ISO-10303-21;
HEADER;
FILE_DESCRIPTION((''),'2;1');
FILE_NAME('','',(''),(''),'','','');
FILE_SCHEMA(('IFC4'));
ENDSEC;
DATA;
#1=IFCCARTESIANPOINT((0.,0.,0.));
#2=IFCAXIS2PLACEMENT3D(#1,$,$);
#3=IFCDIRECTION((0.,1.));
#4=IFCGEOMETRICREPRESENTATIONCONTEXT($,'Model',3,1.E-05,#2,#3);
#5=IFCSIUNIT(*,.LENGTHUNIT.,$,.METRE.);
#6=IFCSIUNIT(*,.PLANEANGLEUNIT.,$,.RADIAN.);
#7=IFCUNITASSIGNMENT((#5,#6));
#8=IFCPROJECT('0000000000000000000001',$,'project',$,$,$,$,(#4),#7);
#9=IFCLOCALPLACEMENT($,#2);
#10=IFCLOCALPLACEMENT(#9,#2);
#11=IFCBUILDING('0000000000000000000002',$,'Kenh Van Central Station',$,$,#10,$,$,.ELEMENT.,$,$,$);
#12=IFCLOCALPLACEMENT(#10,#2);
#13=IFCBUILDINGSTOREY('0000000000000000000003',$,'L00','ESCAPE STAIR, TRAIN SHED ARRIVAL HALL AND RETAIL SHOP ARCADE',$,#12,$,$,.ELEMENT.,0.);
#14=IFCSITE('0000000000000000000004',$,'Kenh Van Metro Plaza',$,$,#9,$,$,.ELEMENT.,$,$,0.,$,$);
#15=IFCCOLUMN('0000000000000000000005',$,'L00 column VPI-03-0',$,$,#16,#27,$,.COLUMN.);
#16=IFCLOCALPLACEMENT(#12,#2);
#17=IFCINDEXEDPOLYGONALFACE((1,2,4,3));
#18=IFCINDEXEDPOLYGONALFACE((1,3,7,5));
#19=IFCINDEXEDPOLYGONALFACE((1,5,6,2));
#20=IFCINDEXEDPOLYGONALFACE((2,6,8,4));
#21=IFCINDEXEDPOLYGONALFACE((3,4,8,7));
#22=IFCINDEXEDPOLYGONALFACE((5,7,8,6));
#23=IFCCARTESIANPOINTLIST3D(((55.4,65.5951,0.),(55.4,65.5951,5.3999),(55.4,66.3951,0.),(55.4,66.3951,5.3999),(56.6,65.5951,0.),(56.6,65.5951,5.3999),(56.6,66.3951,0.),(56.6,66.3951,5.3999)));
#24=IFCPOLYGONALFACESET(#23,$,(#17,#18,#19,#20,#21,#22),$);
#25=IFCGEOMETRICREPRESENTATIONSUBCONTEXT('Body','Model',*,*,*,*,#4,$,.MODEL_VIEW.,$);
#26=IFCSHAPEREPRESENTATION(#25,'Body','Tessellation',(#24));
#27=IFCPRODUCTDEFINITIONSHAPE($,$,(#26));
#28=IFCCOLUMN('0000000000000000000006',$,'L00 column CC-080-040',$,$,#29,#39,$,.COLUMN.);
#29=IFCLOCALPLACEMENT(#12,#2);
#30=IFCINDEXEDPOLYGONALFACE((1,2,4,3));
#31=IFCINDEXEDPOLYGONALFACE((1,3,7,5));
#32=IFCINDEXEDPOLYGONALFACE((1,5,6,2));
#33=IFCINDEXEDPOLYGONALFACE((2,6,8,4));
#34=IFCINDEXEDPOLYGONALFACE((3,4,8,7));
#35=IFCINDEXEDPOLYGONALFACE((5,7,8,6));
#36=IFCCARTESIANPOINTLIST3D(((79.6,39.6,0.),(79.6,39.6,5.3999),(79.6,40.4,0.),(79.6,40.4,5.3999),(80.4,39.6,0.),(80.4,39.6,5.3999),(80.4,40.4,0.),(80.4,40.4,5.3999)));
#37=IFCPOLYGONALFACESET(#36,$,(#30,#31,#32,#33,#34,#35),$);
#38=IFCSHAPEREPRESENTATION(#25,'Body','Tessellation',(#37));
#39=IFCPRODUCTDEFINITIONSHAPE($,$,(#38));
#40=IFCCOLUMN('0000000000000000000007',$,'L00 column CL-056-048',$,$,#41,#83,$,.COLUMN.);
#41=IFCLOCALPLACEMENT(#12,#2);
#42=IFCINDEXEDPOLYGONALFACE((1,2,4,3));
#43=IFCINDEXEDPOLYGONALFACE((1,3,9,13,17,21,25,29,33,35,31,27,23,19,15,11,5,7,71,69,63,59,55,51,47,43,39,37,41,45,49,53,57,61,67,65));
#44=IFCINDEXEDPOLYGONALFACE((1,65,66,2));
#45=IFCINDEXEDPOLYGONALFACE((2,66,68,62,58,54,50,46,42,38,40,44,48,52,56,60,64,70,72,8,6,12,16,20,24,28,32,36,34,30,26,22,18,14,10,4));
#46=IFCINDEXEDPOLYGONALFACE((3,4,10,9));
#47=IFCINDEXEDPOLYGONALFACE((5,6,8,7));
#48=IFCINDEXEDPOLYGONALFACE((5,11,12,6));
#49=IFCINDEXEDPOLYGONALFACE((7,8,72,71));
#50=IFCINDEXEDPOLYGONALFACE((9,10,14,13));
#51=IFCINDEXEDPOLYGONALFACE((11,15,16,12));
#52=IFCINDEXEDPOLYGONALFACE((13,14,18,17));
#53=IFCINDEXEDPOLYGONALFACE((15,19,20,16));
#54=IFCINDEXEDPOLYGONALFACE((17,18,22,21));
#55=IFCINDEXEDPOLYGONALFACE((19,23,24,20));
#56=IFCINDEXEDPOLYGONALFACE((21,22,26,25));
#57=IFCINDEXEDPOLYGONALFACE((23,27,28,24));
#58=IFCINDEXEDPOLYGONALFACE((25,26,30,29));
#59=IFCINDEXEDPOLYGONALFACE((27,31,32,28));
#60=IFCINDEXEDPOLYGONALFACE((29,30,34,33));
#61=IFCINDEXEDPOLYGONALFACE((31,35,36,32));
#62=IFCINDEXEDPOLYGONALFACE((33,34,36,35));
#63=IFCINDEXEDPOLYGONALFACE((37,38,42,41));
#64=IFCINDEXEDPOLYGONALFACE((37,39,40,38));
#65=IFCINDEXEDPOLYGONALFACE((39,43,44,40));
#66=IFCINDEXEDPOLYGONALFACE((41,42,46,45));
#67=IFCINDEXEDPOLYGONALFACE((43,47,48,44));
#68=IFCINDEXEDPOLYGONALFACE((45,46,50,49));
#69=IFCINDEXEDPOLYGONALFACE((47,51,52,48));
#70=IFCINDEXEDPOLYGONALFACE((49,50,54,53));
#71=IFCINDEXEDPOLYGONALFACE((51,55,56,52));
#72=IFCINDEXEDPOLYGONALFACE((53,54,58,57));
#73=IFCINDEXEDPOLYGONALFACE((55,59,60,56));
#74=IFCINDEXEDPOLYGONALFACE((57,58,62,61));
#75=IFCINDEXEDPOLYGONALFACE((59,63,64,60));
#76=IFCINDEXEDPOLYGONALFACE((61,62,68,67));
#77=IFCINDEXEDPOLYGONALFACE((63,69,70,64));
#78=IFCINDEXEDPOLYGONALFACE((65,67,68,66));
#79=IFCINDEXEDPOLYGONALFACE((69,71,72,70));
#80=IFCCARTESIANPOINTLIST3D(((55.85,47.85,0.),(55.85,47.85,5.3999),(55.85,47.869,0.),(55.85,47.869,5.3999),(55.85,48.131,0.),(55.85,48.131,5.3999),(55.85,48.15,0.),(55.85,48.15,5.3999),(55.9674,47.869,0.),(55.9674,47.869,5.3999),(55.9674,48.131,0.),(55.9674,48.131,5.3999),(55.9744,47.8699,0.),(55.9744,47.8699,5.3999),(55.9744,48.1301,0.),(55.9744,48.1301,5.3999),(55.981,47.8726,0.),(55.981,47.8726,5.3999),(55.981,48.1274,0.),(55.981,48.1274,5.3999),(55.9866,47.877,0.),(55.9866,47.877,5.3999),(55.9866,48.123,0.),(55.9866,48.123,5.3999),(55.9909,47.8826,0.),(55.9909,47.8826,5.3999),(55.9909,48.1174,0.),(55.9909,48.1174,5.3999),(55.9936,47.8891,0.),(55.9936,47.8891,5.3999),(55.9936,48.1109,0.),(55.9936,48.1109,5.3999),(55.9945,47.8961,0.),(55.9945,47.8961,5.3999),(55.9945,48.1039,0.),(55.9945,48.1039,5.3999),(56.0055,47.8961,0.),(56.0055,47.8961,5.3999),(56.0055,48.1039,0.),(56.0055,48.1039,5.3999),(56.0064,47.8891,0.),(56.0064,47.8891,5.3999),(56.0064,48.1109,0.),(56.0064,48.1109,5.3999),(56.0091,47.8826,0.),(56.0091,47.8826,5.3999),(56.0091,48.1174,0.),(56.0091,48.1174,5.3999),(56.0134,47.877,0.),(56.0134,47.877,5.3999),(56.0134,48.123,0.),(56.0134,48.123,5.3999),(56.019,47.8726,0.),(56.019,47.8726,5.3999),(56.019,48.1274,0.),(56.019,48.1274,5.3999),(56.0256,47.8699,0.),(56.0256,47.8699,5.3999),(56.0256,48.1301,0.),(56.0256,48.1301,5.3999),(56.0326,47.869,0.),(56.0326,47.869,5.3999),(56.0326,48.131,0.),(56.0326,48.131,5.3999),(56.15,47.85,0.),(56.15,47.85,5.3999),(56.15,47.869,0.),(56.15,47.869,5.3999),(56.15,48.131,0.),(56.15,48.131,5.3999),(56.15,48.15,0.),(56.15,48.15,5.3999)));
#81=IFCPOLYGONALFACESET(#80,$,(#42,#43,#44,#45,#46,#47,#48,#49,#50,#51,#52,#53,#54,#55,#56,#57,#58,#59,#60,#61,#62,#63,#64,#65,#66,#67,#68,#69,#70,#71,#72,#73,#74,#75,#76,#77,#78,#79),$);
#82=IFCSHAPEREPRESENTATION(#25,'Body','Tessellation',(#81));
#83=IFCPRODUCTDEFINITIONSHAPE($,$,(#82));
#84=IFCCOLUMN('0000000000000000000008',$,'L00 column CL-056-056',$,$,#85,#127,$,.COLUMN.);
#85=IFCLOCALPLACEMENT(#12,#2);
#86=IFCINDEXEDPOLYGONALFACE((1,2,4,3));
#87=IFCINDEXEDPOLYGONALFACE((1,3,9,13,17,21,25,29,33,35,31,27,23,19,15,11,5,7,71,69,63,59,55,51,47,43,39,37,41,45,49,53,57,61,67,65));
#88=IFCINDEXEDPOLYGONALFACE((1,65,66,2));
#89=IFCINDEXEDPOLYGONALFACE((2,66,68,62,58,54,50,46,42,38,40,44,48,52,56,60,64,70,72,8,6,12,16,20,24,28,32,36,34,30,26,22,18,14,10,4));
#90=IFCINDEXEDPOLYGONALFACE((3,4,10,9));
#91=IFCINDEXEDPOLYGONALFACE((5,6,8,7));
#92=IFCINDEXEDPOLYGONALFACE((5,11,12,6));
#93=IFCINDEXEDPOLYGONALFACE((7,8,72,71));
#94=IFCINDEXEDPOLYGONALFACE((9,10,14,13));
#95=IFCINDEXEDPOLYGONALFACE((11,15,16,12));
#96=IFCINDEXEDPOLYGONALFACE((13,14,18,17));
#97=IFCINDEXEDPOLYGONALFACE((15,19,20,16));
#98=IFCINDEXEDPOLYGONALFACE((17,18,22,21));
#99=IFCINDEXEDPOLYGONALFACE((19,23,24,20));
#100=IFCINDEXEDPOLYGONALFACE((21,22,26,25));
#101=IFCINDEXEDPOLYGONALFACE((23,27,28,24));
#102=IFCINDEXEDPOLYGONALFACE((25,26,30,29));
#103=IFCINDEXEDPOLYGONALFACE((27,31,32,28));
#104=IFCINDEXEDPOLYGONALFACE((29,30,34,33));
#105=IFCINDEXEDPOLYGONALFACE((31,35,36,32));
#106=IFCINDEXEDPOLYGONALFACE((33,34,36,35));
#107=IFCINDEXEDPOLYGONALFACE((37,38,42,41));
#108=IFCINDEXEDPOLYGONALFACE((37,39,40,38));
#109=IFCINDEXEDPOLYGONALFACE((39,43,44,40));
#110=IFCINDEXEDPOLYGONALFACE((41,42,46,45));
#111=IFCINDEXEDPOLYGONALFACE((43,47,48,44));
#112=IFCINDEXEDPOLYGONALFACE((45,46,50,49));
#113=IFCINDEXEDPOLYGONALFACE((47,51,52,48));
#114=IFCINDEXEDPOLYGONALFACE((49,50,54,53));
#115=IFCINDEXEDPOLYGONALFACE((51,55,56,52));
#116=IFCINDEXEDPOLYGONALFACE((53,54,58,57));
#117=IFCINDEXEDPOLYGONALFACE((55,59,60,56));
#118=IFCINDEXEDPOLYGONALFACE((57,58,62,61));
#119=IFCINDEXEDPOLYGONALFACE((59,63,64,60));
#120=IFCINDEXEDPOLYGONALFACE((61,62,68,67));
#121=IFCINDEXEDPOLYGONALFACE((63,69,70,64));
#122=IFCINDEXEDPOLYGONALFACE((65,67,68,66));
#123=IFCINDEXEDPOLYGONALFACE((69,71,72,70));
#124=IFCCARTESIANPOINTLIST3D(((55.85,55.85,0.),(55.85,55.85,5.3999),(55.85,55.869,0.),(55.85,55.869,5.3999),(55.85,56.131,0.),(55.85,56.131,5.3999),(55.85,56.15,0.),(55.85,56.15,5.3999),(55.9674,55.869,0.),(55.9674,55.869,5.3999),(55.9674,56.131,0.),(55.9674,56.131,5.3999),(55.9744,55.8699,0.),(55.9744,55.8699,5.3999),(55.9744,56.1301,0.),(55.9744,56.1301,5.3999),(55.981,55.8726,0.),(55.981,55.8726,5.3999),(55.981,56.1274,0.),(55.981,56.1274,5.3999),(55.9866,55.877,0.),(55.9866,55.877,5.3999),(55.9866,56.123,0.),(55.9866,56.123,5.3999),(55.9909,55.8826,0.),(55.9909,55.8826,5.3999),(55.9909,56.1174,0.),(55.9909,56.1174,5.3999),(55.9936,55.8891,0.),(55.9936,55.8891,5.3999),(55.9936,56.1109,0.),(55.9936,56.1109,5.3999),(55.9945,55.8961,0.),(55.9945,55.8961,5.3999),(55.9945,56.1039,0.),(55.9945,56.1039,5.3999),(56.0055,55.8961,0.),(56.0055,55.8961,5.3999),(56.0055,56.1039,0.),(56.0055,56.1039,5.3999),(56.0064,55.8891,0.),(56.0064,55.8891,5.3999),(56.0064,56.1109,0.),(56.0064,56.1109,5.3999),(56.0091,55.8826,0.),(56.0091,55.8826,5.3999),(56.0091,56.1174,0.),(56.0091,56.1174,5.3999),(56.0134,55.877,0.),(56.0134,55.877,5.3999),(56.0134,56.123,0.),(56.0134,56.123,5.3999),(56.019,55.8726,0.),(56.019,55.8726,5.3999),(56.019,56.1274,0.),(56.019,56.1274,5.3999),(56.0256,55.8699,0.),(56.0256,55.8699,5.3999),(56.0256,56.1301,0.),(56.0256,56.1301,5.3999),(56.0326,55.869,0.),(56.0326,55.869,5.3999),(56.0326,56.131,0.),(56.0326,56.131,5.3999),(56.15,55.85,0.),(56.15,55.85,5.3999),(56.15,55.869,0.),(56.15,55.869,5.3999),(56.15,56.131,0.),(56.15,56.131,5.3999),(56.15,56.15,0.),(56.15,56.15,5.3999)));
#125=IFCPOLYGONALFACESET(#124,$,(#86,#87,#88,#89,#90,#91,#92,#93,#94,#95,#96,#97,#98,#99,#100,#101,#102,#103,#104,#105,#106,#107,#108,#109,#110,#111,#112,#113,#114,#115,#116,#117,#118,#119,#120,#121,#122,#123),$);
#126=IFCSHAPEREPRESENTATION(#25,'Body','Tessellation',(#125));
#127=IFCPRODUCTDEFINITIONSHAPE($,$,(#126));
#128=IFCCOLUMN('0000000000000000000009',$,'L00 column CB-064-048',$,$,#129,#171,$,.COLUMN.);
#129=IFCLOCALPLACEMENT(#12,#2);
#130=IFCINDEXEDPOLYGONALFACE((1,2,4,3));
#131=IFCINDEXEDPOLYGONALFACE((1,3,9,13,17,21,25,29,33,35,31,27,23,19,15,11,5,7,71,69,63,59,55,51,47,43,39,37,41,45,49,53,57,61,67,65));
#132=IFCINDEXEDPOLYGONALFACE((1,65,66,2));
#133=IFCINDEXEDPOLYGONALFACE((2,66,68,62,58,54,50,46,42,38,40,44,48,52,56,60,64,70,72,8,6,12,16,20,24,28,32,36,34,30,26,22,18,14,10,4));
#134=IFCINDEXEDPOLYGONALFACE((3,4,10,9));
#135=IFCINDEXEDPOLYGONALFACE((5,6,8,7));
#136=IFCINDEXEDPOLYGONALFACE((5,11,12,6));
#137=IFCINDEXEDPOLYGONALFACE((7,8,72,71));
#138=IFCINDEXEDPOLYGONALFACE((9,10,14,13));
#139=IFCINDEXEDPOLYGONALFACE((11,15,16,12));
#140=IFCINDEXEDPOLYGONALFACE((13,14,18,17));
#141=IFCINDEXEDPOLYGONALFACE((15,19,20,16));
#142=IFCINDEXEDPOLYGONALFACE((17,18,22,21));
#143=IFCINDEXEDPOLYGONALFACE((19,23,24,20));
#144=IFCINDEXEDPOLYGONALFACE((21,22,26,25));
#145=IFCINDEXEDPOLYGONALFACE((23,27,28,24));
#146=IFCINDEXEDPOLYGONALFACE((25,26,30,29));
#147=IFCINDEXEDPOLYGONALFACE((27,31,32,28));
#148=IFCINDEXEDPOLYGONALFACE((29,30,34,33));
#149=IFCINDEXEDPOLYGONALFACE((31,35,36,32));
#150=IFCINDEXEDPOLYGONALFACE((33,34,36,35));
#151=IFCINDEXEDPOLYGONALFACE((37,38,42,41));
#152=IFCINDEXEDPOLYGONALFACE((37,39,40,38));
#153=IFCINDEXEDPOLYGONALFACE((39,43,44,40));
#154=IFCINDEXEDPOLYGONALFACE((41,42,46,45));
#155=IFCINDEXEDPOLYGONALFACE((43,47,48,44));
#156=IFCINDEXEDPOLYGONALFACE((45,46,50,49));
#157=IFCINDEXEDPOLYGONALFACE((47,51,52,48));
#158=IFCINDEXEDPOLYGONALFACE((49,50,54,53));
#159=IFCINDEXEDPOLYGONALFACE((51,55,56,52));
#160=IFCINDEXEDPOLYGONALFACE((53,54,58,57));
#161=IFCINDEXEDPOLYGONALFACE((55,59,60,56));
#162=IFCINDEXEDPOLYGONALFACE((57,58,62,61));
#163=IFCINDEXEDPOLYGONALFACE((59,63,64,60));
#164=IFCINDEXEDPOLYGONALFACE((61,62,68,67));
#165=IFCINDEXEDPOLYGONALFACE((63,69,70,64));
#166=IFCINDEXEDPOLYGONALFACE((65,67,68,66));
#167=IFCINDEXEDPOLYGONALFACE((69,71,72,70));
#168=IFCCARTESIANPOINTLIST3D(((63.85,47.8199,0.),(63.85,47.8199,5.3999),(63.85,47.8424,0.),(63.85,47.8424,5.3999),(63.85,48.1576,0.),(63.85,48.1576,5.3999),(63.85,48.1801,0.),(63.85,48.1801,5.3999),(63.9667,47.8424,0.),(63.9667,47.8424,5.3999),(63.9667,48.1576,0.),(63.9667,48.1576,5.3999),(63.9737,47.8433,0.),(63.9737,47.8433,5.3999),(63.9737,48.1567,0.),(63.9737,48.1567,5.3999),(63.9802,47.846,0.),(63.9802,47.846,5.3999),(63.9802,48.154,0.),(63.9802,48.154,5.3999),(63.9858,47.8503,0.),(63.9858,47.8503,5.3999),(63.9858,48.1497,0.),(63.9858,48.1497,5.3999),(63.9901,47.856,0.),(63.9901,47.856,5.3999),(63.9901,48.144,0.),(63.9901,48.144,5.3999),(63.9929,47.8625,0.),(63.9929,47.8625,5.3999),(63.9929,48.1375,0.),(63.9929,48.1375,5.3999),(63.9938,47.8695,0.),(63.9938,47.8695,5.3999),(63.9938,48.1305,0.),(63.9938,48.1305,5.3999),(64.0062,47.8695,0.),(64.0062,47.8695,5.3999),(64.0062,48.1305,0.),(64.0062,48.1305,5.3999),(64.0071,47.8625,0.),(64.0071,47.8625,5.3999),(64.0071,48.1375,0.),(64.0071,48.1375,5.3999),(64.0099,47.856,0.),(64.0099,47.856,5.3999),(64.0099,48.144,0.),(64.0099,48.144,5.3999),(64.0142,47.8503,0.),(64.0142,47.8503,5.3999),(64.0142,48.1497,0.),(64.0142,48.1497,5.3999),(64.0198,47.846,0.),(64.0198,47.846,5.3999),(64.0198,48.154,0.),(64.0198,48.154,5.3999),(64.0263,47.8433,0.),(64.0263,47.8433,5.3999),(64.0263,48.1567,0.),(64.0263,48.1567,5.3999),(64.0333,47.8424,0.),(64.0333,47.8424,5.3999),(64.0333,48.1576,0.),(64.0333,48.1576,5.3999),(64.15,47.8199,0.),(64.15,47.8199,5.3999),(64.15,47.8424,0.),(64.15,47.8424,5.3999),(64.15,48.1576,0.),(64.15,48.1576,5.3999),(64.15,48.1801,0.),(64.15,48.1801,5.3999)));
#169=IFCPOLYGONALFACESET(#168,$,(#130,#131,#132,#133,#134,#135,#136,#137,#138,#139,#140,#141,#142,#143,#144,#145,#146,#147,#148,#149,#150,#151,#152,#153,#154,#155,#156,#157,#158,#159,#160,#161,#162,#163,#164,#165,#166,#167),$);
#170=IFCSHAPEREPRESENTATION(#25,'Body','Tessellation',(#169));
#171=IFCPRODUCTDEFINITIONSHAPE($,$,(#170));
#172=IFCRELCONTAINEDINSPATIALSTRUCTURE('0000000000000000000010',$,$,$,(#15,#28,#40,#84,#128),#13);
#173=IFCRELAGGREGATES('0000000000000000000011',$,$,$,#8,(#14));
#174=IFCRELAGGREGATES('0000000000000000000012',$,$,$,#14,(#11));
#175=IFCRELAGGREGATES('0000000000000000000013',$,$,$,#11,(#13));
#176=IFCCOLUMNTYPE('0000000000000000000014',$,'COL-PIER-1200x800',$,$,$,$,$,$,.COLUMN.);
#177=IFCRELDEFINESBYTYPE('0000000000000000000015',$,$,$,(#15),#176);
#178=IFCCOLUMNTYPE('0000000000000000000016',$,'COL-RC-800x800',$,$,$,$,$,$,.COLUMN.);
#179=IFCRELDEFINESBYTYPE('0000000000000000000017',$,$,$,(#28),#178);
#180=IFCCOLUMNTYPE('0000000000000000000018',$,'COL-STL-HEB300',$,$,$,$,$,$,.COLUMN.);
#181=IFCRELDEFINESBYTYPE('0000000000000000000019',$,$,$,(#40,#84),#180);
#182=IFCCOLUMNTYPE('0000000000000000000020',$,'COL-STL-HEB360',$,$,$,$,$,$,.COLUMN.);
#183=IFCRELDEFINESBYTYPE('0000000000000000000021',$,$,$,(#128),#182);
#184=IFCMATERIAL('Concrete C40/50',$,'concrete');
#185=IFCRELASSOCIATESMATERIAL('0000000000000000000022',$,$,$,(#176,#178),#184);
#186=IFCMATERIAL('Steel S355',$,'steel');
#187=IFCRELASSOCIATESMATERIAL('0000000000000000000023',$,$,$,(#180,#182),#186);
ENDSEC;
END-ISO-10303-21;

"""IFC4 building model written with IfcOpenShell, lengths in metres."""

from ifc_helpers import new_model, si_unit, direction, frame, origin, origin_2d, place, context, subcontext, project, spatial, rectangle, i_section, extrude, material, material_profile, profile_set, type_object, element, save


model = new_model("IFC4")

# Units and contexts
model_context = context("Model", 3, precision=1e-05, world=origin(), true_north=direction((0.0, 1.0)))
body_context = subcontext(model_context, "Body", "Model", "MODEL_VIEW")
ifc_project = project(units=[si_unit("LENGTHUNIT", "METRE"), si_unit("PLANEANGLEUNIT", "RADIAN")], contexts=[model_context])

# Site, building, storey
site_placement = place(None, origin())
site = spatial("IfcSite", under=ifc_project, at=site_placement, Name="Kenh Van Metro Plaza", CompositionType="ELEMENT", RefElevation=0.0)
building_placement = place(site_placement, origin())
building = spatial("IfcBuilding", under=site, at=building_placement, Name="Kenh Van Central Station", CompositionType="ELEMENT")
storey_placement = place(building_placement, origin())
storey = spatial("IfcBuildingStorey", under=building, at=storey_placement, Name="L00", Description="ESCAPE STAIR, TRAIN SHED ARRIVAL HALL AND RETAIL SHOP ARCADE", CompositionType="ELEMENT", Elevation=0.0)

# Columns
ifc_material_1 = material(Name="Concrete C40/50", Category="concrete")
ifc_material_profile_1 = material_profile(ifc_material_1, rectangle(XDim=1.2, YDim=0.8, at=origin_2d()), Name="RC 1200x800")
ifc_profile_set_1 = profile_set([ifc_material_profile_1], Name="Concrete C40/50")
column_type_1 = type_object("IfcColumnType", Name="COL-PIER-1200x800", PredefinedType="COLUMN", material=ifc_profile_set_1)
column_1_placement = place(storey_placement, frame((56.0, 65.9951, 0.0), z_axis=(0.0, 0.0, 1.0), x_axis=(1.0, 0.0, 0.0)))
element("IfcColumn", 1, at=column_1_placement, inside=storey, type_object=column_type_1, Name="L00 column VPI-03-0", PredefinedType="COLUMN", context=body_context, shape_type="SweptSolid", body=[
    extrude(rectangle(XDim=1.2, YDim=0.8, at=origin_2d()), origin(), (0.0, 0.0, 1.0), 5.3999),
])
ifc_material_profile_2 = material_profile(ifc_material_1, rectangle(XDim=0.8, YDim=0.8, at=origin_2d()), Name="RC 800x800")
ifc_profile_set_2 = profile_set([ifc_material_profile_2], Name="Concrete C40/50")
column_type_2 = type_object("IfcColumnType", Name="COL-RC-800x800", PredefinedType="COLUMN", material=ifc_profile_set_2)
column_2_placement = place(storey_placement, frame((80.0, 40.0, 0.0), z_axis=(0.0, 0.0, 1.0), x_axis=(1.0, 0.0, 0.0)))
element("IfcColumn", 2, at=column_2_placement, inside=storey, type_object=column_type_2, Name="L00 column CC-080-040", PredefinedType="COLUMN", context=body_context, shape_type="SweptSolid", body=[
    extrude(rectangle(XDim=0.8, YDim=0.8, at=origin_2d()), origin(), (0.0, 0.0, 1.0), 5.3999),
])
ifc_material_2 = material(Name="Steel S355", Category="steel")
ifc_material_profile_3 = material_profile(ifc_material_2, i_section(OverallWidth=0.3, OverallDepth=0.3, WebThickness=0.011, FlangeThickness=0.019, FilletRadius=0.0271, at=origin_2d()), Name="HEB 300")
ifc_profile_set_3 = profile_set([ifc_material_profile_3], Name="Steel S355")
column_type_3 = type_object("IfcColumnType", Name="COL-STL-HEB300", PredefinedType="COLUMN", material=ifc_profile_set_3)
for number, where, z_axis, x_axis, name in (
    (3, (56.0, 48.0, 0.0), (0.0, 0.0, 1.0), (1.0, 0.0, 0.0), "L00 column CL-056-048"),
    (4, (56.0, 56.0, 0.0), (0.0, 0.0, 1.0), (1.0, 0.0, 0.0), "L00 column CL-056-056"),
):
    element("IfcColumn", number, at=place(storey_placement, frame(where, z_axis=z_axis, x_axis=x_axis)), inside=storey, type_object=column_type_3, Name=name, PredefinedType="COLUMN", context=body_context, shape_type="SweptSolid", body=[
        extrude(i_section(OverallWidth=0.3, OverallDepth=0.3, WebThickness=0.011, FlangeThickness=0.019, FilletRadius=0.0271, at=origin_2d()), origin(), (0.0, 0.0, 1.0), 5.3999),
    ])
ifc_material_profile_4 = material_profile(ifc_material_2, i_section(OverallWidth=0.3, OverallDepth=0.3601, WebThickness=0.0125, FlangeThickness=0.0225, FilletRadius=0.0271, at=origin_2d()), Name="HEB 360")
ifc_profile_set_4 = profile_set([ifc_material_profile_4], Name="Steel S355")
column_type_4 = type_object("IfcColumnType", Name="COL-STL-HEB360", PredefinedType="COLUMN", material=ifc_profile_set_4)
for number, where, z_axis, x_axis, name in (
    (5, (64.0, 48.0, 0.0), (0.0, 0.0, 1.0), (1.0, 0.0, 0.0), "L00 column CB-064-048"),
):
    element("IfcColumn", number, at=place(storey_placement, frame(where, z_axis=z_axis, x_axis=x_axis)), inside=storey, type_object=column_type_4, Name=name, PredefinedType="COLUMN", context=body_context, shape_type="SweptSolid", body=[
        extrude(i_section(OverallWidth=0.3, OverallDepth=0.3601, WebThickness=0.0125, FlangeThickness=0.0225, FilletRadius=0.0271, at=origin_2d()), origin(), (0.0, 0.0, 1.0), 5.3999),
    ])

save(model, "model.ifc")
